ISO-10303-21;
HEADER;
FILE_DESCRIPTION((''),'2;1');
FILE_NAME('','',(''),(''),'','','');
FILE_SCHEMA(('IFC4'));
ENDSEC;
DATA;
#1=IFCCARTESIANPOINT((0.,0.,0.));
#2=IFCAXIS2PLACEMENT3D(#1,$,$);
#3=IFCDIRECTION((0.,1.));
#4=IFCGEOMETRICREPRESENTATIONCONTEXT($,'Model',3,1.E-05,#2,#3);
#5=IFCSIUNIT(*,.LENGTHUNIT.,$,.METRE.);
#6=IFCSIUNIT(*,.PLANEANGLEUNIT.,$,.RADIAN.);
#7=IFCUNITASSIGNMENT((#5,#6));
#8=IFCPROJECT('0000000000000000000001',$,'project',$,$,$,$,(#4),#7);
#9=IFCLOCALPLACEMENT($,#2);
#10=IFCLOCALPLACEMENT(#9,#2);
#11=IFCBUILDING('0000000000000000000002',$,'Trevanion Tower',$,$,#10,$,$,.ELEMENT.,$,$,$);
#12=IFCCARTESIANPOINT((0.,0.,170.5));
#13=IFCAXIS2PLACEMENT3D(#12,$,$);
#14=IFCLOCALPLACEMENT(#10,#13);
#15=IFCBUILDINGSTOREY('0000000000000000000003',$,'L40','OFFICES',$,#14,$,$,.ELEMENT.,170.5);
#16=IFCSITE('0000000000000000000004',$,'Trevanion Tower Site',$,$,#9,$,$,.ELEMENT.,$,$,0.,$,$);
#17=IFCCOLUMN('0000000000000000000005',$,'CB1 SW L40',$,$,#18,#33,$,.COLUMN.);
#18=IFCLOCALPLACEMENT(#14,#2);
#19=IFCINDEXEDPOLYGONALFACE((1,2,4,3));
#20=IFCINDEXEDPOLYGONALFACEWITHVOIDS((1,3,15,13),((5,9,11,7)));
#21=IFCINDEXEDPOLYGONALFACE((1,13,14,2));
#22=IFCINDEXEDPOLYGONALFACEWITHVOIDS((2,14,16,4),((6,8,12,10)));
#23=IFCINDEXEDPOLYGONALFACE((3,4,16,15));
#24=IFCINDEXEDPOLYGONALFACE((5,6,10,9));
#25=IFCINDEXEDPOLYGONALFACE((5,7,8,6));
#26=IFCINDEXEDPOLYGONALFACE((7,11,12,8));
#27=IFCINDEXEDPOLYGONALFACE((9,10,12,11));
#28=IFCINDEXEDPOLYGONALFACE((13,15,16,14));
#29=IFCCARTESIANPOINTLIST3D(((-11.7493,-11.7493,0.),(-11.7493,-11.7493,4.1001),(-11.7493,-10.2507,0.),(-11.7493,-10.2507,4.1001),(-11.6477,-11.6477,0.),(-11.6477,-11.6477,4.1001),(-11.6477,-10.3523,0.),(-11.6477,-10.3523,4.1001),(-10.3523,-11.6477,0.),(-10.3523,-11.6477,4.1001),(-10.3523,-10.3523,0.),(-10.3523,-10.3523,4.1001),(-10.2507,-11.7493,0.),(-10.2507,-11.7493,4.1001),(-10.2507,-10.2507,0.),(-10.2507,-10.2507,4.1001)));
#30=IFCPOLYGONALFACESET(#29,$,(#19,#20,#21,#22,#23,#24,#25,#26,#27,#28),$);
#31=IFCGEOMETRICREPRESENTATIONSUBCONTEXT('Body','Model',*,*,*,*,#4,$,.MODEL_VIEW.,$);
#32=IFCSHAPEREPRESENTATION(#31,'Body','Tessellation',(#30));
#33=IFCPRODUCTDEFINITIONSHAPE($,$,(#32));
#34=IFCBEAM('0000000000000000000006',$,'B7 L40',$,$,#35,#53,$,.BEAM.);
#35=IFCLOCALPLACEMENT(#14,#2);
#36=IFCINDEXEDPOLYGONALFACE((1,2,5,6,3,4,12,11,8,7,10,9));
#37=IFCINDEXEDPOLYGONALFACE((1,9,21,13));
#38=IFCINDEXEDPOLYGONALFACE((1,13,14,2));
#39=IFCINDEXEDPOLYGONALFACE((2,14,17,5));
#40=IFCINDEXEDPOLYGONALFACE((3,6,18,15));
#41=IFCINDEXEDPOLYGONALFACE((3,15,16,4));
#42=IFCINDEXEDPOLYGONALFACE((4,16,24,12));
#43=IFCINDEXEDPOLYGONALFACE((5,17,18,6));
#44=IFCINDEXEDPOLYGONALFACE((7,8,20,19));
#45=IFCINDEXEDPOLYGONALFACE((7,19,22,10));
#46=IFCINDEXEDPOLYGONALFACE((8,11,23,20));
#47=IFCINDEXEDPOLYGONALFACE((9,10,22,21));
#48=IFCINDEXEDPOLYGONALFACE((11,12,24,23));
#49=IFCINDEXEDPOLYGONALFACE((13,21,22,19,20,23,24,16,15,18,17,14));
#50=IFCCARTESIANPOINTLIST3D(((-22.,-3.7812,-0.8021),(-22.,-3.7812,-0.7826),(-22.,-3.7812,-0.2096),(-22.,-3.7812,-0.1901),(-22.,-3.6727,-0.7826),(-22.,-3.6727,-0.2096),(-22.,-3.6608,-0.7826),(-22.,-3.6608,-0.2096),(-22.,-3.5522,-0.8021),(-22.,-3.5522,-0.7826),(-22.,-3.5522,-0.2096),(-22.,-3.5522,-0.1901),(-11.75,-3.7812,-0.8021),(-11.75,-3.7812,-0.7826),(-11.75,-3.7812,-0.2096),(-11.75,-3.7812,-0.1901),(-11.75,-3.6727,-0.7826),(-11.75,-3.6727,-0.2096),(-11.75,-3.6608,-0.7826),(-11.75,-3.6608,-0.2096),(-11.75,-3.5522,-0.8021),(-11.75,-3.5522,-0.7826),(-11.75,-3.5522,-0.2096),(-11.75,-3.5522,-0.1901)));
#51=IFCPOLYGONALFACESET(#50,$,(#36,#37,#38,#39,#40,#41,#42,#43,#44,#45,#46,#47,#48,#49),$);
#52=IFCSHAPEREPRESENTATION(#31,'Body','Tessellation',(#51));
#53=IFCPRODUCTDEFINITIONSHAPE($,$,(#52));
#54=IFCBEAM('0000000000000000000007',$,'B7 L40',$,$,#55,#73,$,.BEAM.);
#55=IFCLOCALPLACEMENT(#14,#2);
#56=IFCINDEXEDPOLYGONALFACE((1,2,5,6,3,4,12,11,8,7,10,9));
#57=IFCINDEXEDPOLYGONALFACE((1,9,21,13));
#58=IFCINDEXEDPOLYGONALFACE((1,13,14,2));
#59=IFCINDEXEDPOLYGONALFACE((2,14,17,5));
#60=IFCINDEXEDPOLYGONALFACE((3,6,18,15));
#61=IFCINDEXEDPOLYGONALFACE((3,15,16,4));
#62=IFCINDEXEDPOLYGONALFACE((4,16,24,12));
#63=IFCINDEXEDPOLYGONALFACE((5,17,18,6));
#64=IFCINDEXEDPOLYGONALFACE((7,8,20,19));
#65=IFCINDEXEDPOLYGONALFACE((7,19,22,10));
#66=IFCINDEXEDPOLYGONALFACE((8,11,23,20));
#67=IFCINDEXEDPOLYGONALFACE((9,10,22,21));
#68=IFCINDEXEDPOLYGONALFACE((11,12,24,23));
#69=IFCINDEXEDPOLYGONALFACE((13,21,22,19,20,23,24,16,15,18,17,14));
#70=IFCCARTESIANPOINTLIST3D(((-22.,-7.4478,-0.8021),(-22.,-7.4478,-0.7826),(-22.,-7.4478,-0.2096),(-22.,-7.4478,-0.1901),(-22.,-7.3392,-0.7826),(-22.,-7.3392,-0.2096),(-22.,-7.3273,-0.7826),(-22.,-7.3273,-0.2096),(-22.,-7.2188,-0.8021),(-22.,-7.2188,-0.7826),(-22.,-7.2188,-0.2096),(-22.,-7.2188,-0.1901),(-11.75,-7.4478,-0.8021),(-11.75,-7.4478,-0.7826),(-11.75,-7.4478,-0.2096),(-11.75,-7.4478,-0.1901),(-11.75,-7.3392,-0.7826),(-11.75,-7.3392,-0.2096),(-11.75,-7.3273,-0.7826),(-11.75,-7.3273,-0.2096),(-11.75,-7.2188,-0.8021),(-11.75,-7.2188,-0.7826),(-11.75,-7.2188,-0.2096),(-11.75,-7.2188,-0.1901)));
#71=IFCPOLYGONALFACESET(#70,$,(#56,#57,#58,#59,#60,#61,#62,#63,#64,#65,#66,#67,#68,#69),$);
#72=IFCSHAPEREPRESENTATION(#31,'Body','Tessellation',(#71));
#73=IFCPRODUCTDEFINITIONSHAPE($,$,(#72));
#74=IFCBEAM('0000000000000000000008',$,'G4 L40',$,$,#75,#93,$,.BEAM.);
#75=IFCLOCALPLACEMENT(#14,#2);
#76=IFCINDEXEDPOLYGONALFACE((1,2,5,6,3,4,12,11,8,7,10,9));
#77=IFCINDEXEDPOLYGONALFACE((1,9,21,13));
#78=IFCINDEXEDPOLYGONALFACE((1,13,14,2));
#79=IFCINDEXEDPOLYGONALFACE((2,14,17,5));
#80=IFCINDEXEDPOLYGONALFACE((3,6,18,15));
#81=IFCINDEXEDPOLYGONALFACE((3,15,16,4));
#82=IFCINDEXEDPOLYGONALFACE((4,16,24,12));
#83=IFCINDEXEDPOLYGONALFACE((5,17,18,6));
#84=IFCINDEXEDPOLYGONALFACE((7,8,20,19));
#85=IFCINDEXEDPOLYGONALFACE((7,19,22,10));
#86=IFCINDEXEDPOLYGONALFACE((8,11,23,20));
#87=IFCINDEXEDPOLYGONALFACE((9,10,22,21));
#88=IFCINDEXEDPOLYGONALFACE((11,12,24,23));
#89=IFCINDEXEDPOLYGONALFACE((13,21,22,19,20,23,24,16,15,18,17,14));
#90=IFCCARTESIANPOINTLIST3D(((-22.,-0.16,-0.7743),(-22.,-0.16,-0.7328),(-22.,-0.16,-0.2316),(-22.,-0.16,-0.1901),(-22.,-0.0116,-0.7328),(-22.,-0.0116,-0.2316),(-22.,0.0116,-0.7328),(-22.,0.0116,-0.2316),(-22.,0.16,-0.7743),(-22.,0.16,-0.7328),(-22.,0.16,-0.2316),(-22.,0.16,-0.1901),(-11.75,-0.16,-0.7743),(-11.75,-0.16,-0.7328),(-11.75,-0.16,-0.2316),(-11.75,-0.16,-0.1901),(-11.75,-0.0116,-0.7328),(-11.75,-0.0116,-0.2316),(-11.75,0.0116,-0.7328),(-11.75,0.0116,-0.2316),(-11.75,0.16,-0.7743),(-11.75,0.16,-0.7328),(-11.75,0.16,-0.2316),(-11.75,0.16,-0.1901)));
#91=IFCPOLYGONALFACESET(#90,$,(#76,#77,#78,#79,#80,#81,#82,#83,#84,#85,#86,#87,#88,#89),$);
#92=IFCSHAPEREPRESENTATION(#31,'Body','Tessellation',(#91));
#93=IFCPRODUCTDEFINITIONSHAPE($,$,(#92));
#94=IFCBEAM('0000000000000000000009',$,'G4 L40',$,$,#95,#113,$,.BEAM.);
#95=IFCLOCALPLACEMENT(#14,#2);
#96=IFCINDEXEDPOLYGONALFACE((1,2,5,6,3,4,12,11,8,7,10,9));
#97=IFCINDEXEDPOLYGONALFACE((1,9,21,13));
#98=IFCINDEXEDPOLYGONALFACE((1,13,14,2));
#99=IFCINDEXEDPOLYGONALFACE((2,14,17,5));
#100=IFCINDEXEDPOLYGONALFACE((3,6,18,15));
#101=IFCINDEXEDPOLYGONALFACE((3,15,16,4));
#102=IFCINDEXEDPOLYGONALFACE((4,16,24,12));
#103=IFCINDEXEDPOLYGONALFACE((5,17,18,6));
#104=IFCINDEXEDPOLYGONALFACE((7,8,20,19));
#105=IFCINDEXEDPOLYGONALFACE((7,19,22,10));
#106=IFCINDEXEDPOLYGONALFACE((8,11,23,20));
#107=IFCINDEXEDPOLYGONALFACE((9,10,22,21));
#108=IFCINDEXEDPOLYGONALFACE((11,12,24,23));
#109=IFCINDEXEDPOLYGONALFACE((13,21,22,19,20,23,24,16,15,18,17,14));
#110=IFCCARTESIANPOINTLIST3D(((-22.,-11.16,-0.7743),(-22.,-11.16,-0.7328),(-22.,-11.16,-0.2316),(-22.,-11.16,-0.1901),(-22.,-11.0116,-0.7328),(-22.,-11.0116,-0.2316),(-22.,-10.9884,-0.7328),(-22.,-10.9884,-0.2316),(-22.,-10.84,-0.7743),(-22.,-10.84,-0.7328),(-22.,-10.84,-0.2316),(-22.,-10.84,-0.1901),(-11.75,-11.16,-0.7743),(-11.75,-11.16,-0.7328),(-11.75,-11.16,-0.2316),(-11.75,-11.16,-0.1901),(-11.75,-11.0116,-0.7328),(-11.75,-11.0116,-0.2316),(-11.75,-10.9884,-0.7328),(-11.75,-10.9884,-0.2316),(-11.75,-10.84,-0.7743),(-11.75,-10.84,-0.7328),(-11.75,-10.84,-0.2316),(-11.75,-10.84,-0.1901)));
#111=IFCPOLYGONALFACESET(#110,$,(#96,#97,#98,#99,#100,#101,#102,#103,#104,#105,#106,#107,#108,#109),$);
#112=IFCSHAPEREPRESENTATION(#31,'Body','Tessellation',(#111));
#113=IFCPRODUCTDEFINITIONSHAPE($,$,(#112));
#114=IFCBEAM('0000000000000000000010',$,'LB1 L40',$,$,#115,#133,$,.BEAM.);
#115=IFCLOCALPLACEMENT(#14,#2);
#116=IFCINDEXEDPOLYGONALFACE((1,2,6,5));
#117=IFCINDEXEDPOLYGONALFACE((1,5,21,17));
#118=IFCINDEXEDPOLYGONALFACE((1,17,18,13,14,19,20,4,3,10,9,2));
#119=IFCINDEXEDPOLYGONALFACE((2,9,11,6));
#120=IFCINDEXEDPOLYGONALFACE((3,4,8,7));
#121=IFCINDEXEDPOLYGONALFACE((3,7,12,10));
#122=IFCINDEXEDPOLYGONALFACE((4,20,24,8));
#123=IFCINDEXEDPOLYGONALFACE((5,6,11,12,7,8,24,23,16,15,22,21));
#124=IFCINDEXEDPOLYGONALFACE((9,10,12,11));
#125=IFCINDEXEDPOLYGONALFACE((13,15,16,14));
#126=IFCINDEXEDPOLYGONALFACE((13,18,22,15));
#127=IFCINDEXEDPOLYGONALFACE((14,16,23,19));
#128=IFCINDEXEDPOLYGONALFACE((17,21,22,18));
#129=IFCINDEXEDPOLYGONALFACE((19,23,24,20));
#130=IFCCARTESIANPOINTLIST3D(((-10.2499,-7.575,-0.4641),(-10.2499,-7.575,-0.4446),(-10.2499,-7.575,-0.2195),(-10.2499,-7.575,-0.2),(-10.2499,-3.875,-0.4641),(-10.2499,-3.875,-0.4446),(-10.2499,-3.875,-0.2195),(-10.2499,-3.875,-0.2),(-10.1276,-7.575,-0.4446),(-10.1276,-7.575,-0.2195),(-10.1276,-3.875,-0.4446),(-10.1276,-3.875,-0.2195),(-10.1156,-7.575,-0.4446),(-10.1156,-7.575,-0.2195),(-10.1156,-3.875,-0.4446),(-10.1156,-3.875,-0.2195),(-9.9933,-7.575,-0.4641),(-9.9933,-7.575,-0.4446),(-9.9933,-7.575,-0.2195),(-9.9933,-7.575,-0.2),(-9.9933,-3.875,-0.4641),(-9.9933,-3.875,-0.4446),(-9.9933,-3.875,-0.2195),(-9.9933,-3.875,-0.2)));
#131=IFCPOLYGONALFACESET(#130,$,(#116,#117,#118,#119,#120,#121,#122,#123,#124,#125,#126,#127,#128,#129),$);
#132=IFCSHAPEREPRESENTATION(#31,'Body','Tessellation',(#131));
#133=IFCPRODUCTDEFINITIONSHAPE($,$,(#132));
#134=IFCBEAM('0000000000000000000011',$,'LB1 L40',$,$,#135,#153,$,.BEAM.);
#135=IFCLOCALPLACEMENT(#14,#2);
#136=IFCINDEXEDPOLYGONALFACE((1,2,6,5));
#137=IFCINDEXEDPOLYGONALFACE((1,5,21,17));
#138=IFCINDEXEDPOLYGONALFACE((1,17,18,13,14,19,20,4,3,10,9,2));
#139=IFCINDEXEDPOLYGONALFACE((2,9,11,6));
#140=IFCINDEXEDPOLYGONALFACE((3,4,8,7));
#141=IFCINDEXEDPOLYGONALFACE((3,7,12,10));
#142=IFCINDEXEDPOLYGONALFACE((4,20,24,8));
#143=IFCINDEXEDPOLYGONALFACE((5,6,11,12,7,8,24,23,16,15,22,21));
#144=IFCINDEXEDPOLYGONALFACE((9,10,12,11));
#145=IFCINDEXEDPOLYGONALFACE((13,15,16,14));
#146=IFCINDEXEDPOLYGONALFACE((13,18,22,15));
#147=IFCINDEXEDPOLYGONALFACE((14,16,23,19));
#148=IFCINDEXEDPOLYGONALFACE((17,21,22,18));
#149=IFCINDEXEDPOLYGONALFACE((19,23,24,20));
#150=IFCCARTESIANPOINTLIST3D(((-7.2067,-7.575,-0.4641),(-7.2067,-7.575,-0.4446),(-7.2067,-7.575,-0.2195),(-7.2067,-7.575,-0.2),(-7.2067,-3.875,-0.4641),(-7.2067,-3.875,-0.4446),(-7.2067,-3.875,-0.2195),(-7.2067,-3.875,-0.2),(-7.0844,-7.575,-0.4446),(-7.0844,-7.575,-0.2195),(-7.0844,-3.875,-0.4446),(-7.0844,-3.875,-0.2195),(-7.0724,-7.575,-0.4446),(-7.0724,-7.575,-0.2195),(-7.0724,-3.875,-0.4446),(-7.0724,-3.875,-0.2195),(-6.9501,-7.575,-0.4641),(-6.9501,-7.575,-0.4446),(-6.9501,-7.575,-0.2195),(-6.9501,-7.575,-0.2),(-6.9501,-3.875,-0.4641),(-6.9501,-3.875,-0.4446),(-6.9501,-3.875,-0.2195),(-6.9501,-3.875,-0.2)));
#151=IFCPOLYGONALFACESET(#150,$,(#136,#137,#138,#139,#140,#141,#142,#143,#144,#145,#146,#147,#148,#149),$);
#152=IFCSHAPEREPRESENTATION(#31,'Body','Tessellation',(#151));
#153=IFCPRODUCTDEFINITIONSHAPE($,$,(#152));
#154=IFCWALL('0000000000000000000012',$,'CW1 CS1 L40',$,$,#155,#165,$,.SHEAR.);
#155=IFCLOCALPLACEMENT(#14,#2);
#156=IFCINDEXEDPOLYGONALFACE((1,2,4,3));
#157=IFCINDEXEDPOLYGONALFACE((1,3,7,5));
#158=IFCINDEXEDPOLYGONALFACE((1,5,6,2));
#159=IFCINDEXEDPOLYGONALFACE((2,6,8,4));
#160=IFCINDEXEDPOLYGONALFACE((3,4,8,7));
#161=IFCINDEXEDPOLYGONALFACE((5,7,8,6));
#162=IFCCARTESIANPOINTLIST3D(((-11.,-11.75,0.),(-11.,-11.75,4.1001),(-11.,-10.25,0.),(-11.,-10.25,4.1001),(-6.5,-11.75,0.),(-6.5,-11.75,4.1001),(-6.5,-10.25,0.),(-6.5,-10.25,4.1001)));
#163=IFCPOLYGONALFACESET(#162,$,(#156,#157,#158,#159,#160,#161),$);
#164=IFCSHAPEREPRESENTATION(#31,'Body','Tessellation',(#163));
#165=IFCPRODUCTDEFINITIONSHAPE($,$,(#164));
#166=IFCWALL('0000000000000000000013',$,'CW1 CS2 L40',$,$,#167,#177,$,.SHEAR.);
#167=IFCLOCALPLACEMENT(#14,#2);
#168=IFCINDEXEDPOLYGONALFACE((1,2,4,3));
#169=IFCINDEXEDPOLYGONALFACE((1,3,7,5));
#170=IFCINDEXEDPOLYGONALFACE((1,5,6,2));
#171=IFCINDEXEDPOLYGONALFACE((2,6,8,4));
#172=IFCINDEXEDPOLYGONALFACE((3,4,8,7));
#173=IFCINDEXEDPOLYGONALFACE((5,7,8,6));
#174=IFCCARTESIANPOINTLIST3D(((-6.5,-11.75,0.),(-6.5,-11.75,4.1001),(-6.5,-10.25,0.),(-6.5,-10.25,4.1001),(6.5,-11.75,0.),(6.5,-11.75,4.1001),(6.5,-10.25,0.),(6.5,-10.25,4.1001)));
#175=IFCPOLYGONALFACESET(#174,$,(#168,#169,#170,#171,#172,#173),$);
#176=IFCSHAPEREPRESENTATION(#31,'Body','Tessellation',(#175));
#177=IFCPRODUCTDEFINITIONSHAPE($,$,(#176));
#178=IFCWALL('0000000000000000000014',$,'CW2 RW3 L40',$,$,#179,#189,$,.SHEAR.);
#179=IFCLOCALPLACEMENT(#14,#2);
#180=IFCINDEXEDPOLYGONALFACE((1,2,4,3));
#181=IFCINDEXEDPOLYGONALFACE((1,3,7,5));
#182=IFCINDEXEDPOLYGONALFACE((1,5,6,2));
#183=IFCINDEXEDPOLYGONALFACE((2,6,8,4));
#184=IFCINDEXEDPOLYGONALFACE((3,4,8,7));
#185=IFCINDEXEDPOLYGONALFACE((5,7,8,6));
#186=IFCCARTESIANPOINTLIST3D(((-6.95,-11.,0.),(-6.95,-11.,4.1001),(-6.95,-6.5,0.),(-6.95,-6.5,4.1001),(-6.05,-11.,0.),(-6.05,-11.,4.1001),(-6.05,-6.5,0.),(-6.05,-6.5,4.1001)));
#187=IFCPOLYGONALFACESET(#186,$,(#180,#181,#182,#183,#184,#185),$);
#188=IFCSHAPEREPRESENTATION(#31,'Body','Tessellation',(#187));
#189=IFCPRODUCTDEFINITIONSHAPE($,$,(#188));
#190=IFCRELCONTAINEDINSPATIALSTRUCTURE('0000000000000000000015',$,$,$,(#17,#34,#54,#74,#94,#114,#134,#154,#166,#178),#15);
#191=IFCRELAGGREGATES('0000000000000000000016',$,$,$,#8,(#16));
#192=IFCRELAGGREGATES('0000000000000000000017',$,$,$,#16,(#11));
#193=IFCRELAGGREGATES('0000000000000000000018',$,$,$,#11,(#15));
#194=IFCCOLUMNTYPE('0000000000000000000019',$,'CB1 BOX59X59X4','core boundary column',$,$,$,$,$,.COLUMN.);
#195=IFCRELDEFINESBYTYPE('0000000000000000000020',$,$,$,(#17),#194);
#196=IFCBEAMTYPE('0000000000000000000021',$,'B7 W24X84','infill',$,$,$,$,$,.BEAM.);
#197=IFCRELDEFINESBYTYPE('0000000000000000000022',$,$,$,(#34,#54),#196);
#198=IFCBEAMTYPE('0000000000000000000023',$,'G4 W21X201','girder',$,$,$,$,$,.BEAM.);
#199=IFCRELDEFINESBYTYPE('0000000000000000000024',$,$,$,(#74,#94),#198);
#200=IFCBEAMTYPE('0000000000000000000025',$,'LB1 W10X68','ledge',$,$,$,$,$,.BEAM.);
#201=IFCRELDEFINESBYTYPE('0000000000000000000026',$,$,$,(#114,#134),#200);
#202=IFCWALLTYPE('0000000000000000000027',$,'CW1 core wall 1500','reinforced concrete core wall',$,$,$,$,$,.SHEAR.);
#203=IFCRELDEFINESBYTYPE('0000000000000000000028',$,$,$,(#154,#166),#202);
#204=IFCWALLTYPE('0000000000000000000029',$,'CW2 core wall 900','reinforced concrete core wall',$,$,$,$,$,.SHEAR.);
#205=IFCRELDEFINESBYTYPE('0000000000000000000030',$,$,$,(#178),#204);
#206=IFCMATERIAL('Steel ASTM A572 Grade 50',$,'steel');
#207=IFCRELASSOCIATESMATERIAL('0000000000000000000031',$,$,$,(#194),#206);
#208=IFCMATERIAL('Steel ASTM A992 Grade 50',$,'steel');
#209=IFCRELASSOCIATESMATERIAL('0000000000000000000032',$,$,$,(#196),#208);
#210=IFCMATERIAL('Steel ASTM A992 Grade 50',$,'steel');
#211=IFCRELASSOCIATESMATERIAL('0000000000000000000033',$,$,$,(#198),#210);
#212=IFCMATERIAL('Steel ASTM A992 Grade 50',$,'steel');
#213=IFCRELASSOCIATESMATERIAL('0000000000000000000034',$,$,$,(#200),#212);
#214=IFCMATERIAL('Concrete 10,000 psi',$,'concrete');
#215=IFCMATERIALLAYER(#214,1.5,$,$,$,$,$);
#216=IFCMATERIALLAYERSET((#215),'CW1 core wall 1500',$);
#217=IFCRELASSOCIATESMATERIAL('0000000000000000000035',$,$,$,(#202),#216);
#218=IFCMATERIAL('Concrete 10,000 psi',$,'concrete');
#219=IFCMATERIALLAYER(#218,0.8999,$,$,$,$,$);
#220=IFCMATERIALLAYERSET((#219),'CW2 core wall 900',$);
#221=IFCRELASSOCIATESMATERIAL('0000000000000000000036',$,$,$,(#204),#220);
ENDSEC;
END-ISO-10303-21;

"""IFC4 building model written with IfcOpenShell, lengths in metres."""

from ifc_helpers import new_model, si_unit, direction, frame, frame_2d, origin, origin_2d, place, context, subcontext, project, spatial, rectangle, hollow_rectangle, i_section, extrude, material, layer, layer_set, material_profile, profile_set, type_object, element, save


model = new_model("IFC4")

# Units and contexts
model_context = context("Model", 3, precision=1e-05, world=origin(), true_north=direction((0.0, 1.0)))
body_context = subcontext(model_context, "Body", "Model", "MODEL_VIEW")
ifc_project = project(units=[si_unit("LENGTHUNIT", "METRE"), si_unit("PLANEANGLEUNIT", "RADIAN")], contexts=[model_context])

# Site, building, storey
site_placement = place(None, origin())
site = spatial("IfcSite", under=ifc_project, at=site_placement, Name="Trevanion Tower Site", CompositionType="ELEMENT", RefElevation=0.0)
building_placement = place(site_placement, origin())
building = spatial("IfcBuilding", under=site, at=building_placement, Name="Trevanion Tower", CompositionType="ELEMENT")
storey_placement = place(building_placement, frame((0.0, 0.0, 170.5)))
storey = spatial("IfcBuildingStorey", under=building, at=storey_placement, Name="L40", Description="OFFICES", CompositionType="ELEMENT", Elevation=170.5)

# Column
ifc_material_1 = material(Name="Steel ASTM A572 Grade 50", Category="steel")
ifc_material_profile_1 = material_profile(ifc_material_1, hollow_rectangle(XDim=1.4985, YDim=1.4985, WallThickness=0.1016, at=origin_2d()), Name="BOX59X59X4")
ifc_profile_set_1 = profile_set([ifc_material_profile_1], Name="Steel ASTM A572 Grade 50")
column_type = type_object("IfcColumnType", Name="CB1 BOX59X59X4", Description="core boundary column", PredefinedType="COLUMN", material=ifc_profile_set_1)
column_placement = place(storey_placement, frame((-11.0, -11.0, 0.0), z_axis=(0.0, 0.0, 1.0), x_axis=(1.0, 0.0, 0.0)))
element("IfcColumn", 1, at=column_placement, inside=storey, type_object=column_type, Name="CB1 SW L40", PredefinedType="COLUMN", context=body_context, shape_type="SweptSolid", body=[
    extrude(hollow_rectangle(XDim=1.4985, YDim=1.4985, WallThickness=0.1016, at=origin_2d()), origin(), (0.0, 0.0, 1.0), 4.1001),
])

# Beams
ifc_material_2 = material(Name="Steel ASTM A992 Grade 50", Category="steel")
ifc_material_profile_2 = material_profile(ifc_material_2, i_section(OverallWidth=0.229, OverallDepth=0.6121, WebThickness=0.012, FlangeThickness=0.0195, at=origin_2d()), Name="W24X84")
ifc_profile_set_2 = profile_set([ifc_material_profile_2], Name="Steel ASTM A992 Grade 50")
beam_type_1 = type_object("IfcBeamType", Name="B7 W24X84", Description="infill", PredefinedType="BEAM", material=ifc_profile_set_2)
for number, where, z_axis, x_axis, name in (
    (2, (-11.75, -3.6667, -0.4961), (-1.0, 0.0, 0.0), (0.0, -1.0, 0.0), "B7 L40"),
    (3, (-11.75, -7.3333, -0.4961), (-1.0, 0.0, 0.0), (0.0, -1.0, 0.0), "B7 L40"),
):
    element("IfcBeam", number, at=place(storey_placement, frame(where, z_axis=z_axis, x_axis=x_axis)), inside=storey, type_object=beam_type_1, Name=name, PredefinedType="BEAM", context=body_context, shape_type="SweptSolid", body=[
        extrude(i_section(OverallWidth=0.229, OverallDepth=0.6121, WebThickness=0.012, FlangeThickness=0.0195, at=origin_2d()), origin(), (0.0, 0.0, 1.0), 10.25),
    ])
ifc_material_3 = material(Name="Steel ASTM A992 Grade 50", Category="steel")
ifc_material_profile_3 = material_profile(ifc_material_3, i_section(OverallWidth=0.3201, OverallDepth=0.5842, WebThickness=0.0232, FlangeThickness=0.0415, at=origin_2d()), Name="W21X201")
ifc_profile_set_3 = profile_set([ifc_material_profile_3], Name="Steel ASTM A992 Grade 50")
beam_type_2 = type_object("IfcBeamType", Name="G4 W21X201", Description="girder", PredefinedType="BEAM", material=ifc_profile_set_3)
for number, where, z_axis, x_axis, name in (
    (4, (-11.75, 0.0, -0.4822), (-1.0, 0.0, 0.0), (0.0, -1.0, 0.0), "G4 L40"),
    (5, (-11.75, -11.0, -0.4822), (-1.0, 0.0, 0.0), (0.0, -1.0, 0.0), "G4 L40"),
):
    element("IfcBeam", number, at=place(storey_placement, frame(where, z_axis=z_axis, x_axis=x_axis)), inside=storey, type_object=beam_type_2, Name=name, PredefinedType="BEAM", context=body_context, shape_type="SweptSolid", body=[
        extrude(i_section(OverallWidth=0.3201, OverallDepth=0.5842, WebThickness=0.0232, FlangeThickness=0.0415, at=origin_2d()), origin(), (0.0, 0.0, 1.0), 10.25),
    ])
ifc_material_4 = material(Name="Steel ASTM A992 Grade 50", Category="steel")
ifc_material_profile_4 = material_profile(ifc_material_4, i_section(OverallWidth=0.2566, OverallDepth=0.2642, WebThickness=0.012, FlangeThickness=0.0195, at=origin_2d()), Name="W10X68")
ifc_profile_set_4 = profile_set([ifc_material_profile_4], Name="Steel ASTM A992 Grade 50")
beam_type_3 = type_object("IfcBeamType", Name="LB1 W10X68", Description="ledge", PredefinedType="BEAM", material=ifc_profile_set_4)
for number, where, z_axis, x_axis, name in (
    (6, (-10.1216, -7.575, -0.332), (0.0, 1.0, 0.0), (-1.0, 0.0, 0.0), "LB1 L40"),
    (7, (-7.0784, -7.575, -0.332), (0.0, 1.0, 0.0), (-1.0, 0.0, 0.0), "LB1 L40"),
):
    element("IfcBeam", number, at=place(storey_placement, frame(where, z_axis=z_axis, x_axis=x_axis)), inside=storey, type_object=beam_type_3, Name=name, PredefinedType="BEAM", context=body_context, shape_type="SweptSolid", body=[
        extrude(i_section(OverallWidth=0.2566, OverallDepth=0.2642, WebThickness=0.012, FlangeThickness=0.0195, at=origin_2d()), origin(), (0.0, 0.0, 1.0), 3.7),
    ])

# Walls
ifc_material_5 = material(Name="Concrete 10,000 psi", Category="concrete")
ifc_layer_1 = layer(ifc_material_5, 1.5)
ifc_layer_set_1 = layer_set([ifc_layer_1], Name="CW1 core wall 1500")
wall_type_1 = type_object("IfcWallType", Name="CW1 core wall 1500", Description="reinforced concrete core wall", PredefinedType="SHEAR", material=ifc_layer_set_1)
wall_1_placement = place(storey_placement, frame((-11.0, -11.0, 0.0), z_axis=(0.0, 0.0, 1.0), x_axis=(1.0, 0.0, 0.0)))
element("IfcWall", 8, at=wall_1_placement, inside=storey, type_object=wall_type_1, Name="CW1 CS1 L40", PredefinedType="SHEAR", context=body_context, shape_type="SweptSolid", body=[
    extrude(rectangle(XDim=4.5, YDim=1.5, at=frame_2d((2.25, 0.0))), origin(), (0.0, 0.0, 1.0), 4.1001),
])
wall_2_placement = place(storey_placement, frame((-6.5, -11.0, 0.0), z_axis=(0.0, 0.0, 1.0), x_axis=(1.0, 0.0, 0.0)))
element("IfcWall", 9, at=wall_2_placement, inside=storey, type_object=wall_type_1, Name="CW1 CS2 L40", PredefinedType="SHEAR", context=body_context, shape_type="SweptSolid", body=[
    extrude(rectangle(XDim=13.0, YDim=1.5, at=frame_2d((6.5, 0.0))), origin(), (0.0, 0.0, 1.0), 4.1001),
])
ifc_material_6 = material(Name="Concrete 10,000 psi", Category="concrete")
ifc_layer_2 = layer(ifc_material_6, 0.8999)
ifc_layer_set_2 = layer_set([ifc_layer_2], Name="CW2 core wall 900")
wall_type_2 = type_object("IfcWallType", Name="CW2 core wall 900", Description="reinforced concrete core wall", PredefinedType="SHEAR", material=ifc_layer_set_2)
wall_3_placement = place(storey_placement, frame((-6.5, -6.5, 0.0), z_axis=(0.0, 0.0, 1.0), x_axis=(0.0, -1.0, 0.0)))
element("IfcWall", 10, at=wall_3_placement, inside=storey, type_object=wall_type_2, Name="CW2 RW3 L40", PredefinedType="SHEAR", context=body_context, shape_type="SweptSolid", body=[
    extrude(rectangle(XDim=4.5, YDim=0.8999, at=frame_2d((2.25, 0.0))), origin(), (0.0, 0.0, 1.0), 4.1001),
])

save(model, "model.ifc")
